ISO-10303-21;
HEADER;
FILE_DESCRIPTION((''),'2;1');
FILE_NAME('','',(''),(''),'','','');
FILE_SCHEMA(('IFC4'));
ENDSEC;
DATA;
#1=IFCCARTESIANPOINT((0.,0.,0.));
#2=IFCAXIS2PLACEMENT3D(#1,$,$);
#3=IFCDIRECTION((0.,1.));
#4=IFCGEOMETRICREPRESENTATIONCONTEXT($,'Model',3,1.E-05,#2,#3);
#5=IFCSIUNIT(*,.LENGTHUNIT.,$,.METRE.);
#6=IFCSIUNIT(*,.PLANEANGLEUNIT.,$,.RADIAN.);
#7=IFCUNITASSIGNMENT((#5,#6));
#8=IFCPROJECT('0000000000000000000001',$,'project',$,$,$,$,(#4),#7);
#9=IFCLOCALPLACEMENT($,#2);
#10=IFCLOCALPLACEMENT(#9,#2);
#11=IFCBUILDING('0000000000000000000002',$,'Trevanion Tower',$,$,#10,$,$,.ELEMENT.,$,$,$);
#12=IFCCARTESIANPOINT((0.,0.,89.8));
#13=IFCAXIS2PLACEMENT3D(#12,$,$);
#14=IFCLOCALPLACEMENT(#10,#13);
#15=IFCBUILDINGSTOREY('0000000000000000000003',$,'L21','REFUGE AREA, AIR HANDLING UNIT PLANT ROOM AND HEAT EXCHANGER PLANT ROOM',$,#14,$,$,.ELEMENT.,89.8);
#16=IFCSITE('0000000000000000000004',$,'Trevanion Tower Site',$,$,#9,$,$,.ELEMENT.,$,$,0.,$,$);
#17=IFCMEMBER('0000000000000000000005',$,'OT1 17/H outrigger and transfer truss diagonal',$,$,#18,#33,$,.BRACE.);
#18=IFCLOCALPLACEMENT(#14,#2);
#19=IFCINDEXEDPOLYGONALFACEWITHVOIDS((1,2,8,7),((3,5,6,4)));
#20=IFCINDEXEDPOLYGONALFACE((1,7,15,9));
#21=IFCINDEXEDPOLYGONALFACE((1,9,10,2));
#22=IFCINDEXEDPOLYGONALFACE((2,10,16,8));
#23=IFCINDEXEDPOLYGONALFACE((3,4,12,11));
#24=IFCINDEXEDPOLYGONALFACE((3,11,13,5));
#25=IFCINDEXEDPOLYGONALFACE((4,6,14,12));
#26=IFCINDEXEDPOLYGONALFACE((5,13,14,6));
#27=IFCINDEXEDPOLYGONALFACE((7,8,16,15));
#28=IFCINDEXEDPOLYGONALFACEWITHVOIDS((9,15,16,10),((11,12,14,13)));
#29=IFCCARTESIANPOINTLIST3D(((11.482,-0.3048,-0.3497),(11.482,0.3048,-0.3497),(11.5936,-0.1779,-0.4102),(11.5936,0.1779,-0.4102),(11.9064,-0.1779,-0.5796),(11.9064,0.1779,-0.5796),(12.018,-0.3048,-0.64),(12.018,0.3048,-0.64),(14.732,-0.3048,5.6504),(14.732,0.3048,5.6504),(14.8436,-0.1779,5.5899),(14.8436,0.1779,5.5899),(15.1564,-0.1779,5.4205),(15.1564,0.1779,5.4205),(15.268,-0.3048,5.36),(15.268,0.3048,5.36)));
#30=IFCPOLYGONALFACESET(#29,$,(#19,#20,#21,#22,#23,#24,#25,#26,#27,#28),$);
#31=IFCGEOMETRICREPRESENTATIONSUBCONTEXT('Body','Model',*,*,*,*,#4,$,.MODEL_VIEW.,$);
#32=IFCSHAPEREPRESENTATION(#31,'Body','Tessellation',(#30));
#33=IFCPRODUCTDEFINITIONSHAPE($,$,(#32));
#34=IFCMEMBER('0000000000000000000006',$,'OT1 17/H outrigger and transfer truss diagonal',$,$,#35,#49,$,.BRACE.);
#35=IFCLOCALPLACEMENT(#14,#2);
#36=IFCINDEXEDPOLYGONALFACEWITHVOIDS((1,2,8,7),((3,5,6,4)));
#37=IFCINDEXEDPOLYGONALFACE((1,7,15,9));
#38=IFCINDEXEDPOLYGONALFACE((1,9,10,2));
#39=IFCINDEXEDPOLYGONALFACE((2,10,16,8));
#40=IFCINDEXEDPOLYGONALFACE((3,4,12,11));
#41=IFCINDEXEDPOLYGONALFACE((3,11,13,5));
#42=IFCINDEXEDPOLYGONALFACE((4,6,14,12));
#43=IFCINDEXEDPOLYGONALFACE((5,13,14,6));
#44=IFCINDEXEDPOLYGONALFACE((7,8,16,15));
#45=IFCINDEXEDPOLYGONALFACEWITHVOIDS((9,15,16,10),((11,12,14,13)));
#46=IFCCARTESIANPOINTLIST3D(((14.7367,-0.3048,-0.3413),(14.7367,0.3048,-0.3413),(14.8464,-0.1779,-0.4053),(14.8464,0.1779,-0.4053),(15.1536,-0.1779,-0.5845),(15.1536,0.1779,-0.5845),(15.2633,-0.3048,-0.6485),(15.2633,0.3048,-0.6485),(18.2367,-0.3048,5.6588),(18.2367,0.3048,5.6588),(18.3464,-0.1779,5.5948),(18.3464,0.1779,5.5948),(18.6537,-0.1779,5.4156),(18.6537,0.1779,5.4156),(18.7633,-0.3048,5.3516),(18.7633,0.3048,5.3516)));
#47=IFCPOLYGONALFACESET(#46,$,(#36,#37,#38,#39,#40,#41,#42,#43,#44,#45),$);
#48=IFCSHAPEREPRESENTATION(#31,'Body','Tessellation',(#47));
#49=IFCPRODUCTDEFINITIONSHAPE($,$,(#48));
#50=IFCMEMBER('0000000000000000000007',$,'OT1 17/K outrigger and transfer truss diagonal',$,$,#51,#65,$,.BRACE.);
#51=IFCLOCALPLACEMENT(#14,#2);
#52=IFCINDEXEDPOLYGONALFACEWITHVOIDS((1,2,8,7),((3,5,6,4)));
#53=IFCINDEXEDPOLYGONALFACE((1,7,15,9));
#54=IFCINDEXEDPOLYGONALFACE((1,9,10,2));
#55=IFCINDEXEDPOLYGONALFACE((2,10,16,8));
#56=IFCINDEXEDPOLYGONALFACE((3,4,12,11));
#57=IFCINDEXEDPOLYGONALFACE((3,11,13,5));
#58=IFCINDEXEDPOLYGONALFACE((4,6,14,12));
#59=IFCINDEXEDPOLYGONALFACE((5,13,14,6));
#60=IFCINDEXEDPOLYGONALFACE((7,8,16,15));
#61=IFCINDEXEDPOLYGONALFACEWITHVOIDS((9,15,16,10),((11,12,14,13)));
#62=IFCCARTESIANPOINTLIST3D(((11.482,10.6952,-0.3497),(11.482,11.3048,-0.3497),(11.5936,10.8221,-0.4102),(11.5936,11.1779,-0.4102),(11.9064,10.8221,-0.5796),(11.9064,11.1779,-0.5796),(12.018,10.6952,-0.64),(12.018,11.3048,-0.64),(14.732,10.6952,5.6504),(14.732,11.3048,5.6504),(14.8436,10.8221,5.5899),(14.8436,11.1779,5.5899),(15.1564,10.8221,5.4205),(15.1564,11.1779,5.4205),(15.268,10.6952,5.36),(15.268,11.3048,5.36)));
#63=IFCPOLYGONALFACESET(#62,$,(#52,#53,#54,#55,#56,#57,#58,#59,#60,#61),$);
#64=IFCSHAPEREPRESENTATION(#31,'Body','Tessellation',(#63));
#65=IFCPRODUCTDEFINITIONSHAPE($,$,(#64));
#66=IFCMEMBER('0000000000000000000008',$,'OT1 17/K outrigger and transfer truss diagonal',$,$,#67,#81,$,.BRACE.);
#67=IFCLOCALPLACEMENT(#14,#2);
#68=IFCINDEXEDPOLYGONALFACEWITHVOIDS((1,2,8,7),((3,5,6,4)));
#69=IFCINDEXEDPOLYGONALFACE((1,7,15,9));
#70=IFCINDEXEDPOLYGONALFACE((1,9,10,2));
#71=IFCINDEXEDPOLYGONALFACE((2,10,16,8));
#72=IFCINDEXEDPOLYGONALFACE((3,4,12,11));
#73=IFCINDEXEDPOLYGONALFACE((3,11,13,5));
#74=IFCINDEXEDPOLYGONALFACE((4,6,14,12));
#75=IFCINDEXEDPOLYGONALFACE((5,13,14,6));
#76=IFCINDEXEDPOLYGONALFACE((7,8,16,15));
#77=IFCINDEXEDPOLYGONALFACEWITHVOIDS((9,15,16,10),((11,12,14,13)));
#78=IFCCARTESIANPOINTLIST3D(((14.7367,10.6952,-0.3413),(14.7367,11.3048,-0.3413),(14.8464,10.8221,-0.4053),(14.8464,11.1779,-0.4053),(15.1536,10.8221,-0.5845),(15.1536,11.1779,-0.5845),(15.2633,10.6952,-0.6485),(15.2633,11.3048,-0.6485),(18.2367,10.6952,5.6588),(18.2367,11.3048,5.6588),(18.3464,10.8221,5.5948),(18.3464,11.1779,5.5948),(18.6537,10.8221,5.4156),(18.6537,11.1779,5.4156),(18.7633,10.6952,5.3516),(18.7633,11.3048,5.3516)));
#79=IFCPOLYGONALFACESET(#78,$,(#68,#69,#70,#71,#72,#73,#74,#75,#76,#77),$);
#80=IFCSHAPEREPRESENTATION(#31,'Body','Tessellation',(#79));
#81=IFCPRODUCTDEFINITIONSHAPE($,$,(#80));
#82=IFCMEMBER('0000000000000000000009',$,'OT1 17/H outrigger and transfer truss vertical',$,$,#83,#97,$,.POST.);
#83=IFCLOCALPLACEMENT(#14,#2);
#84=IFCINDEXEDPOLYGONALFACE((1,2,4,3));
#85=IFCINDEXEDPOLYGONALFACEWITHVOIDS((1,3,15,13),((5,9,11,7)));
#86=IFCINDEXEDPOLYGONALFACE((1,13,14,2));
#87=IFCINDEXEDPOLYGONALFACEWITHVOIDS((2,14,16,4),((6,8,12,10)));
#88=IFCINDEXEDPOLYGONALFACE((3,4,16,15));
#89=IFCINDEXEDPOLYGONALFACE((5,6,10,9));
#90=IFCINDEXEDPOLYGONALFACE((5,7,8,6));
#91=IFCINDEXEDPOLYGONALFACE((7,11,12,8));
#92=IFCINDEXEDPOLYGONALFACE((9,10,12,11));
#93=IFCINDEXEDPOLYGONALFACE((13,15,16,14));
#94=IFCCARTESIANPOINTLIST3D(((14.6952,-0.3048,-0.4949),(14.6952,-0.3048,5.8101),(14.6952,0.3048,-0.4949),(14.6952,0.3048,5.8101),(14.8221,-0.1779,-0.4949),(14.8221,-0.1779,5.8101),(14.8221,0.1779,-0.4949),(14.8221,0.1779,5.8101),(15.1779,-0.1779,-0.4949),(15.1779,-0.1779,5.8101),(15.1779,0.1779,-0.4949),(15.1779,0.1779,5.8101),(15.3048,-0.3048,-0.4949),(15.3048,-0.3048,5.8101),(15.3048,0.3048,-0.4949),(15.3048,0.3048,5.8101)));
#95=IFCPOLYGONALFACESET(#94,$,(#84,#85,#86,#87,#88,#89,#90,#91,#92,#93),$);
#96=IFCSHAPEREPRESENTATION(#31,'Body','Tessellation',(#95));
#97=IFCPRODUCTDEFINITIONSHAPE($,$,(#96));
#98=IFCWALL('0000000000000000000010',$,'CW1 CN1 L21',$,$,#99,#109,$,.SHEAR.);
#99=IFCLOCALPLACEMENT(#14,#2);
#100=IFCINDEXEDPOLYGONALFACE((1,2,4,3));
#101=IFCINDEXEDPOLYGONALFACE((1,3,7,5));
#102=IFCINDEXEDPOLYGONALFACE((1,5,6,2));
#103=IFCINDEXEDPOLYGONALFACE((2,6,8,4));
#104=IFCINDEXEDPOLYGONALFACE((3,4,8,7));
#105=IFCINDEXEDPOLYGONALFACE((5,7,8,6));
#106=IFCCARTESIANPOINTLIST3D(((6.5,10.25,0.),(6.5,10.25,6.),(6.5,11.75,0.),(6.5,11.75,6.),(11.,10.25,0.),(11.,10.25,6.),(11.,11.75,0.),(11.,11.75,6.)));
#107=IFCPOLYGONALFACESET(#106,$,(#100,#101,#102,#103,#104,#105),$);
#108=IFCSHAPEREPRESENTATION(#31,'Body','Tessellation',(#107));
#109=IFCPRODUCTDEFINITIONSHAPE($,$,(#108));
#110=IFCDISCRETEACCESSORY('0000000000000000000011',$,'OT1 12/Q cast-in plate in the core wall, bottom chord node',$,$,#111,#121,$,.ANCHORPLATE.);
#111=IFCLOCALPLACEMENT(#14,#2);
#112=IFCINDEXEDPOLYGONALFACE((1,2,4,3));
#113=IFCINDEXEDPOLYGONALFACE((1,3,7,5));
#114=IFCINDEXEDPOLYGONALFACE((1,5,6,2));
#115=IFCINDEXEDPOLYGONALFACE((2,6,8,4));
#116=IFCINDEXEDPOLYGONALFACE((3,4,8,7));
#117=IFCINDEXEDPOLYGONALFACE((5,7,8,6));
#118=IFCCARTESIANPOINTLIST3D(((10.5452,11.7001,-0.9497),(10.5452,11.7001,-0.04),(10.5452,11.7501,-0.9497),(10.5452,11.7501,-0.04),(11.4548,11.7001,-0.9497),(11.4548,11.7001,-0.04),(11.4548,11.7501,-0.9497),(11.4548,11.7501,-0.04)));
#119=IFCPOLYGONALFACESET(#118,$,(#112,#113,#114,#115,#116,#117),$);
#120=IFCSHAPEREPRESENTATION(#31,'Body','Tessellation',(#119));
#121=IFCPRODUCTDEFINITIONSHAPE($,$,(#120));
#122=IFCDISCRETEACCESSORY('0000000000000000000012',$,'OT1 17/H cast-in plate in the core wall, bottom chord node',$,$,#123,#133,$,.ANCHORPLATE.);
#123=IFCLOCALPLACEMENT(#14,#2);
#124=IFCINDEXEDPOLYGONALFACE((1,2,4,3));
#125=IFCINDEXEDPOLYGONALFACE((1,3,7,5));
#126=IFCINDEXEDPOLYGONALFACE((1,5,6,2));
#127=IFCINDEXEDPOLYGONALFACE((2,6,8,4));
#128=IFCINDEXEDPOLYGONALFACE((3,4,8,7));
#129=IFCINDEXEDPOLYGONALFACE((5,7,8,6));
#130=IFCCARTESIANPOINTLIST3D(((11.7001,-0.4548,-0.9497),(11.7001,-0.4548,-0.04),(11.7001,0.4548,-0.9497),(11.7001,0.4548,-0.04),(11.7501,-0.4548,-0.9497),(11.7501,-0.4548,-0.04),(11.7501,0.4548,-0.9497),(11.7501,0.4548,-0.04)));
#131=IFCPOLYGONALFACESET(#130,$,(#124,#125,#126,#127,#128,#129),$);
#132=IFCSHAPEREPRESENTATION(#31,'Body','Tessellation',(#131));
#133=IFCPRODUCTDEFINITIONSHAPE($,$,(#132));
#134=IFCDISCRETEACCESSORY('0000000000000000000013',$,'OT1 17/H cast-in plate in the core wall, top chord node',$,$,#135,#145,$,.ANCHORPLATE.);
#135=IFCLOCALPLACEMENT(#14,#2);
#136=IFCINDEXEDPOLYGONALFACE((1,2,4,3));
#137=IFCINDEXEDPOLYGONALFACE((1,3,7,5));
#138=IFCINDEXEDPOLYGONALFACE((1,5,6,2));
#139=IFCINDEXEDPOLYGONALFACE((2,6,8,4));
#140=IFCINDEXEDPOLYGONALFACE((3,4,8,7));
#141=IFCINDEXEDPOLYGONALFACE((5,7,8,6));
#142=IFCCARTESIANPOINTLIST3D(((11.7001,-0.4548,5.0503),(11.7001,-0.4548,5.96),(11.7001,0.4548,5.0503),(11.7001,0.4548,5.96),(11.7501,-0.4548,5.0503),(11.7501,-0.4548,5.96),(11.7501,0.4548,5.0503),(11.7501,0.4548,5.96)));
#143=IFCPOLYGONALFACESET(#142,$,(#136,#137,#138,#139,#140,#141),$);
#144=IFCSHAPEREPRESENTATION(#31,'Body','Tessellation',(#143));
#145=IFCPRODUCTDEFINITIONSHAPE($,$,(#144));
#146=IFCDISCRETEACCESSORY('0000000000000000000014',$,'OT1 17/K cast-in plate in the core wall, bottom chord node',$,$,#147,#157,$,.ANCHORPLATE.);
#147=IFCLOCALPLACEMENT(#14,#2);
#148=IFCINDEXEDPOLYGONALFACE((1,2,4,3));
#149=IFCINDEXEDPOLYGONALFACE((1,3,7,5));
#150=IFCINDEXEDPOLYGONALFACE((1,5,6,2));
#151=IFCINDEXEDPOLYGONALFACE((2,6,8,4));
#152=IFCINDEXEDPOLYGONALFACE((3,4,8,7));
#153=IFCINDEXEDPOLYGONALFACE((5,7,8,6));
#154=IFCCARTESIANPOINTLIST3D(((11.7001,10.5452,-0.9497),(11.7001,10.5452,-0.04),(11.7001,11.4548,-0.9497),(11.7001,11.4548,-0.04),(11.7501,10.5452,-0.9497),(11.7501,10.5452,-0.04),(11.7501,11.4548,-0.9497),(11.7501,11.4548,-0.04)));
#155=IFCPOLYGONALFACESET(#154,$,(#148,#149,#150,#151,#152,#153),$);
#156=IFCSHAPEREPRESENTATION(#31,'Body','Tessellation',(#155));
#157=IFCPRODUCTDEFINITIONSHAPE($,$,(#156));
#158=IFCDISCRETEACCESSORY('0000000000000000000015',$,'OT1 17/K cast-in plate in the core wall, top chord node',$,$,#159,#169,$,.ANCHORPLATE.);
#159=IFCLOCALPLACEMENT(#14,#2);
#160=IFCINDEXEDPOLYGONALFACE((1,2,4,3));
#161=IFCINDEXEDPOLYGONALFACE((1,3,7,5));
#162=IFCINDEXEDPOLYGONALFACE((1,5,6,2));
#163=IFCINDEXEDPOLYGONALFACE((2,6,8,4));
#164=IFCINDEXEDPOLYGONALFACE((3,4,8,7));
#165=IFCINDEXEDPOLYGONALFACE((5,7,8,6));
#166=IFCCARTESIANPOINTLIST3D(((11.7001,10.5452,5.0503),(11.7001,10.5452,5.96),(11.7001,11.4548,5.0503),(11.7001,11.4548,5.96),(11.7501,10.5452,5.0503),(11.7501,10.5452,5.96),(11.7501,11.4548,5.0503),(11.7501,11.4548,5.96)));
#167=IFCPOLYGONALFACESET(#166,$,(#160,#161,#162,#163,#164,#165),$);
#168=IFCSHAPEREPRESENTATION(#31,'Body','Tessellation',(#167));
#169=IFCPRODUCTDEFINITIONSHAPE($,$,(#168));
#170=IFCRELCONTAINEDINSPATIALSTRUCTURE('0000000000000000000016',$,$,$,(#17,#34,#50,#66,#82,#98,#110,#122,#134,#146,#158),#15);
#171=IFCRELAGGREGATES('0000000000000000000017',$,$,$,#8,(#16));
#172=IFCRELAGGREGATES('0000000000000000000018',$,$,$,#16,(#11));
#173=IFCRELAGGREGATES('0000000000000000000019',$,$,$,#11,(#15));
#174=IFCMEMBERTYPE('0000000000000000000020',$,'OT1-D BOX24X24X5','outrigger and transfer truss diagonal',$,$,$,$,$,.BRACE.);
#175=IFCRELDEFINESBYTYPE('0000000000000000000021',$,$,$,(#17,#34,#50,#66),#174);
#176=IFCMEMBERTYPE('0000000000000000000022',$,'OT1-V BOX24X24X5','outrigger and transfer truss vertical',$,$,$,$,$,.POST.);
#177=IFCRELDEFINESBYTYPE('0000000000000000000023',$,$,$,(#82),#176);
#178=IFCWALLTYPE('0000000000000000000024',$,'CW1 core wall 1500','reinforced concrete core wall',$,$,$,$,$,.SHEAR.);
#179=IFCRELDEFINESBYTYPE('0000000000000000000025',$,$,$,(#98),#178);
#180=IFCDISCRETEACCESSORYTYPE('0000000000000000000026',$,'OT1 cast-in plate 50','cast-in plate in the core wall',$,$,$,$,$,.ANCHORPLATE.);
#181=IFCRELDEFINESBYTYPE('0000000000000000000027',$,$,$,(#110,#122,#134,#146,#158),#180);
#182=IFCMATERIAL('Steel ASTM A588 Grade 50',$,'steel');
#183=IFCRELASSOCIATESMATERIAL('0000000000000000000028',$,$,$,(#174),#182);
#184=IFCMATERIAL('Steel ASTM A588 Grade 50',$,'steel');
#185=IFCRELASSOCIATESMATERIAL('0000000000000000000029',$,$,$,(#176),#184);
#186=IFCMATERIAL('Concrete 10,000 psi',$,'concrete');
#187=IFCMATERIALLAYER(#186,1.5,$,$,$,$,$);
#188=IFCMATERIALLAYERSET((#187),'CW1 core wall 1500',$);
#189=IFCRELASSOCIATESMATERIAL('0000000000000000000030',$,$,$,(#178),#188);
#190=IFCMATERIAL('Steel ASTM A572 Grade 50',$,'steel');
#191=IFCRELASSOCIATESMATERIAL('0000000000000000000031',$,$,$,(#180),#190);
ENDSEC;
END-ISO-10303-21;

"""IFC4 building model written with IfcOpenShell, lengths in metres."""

from ifc_helpers import new_model, si_unit, direction, frame, frame_2d, origin, origin_2d, place, context, subcontext, project, spatial, rectangle, hollow_rectangle, extrude, material, layer, layer_set, material_profile, profile_set, type_object, element, save


model = new_model("IFC4")

# Units and contexts
model_context = context("Model", 3, precision=1e-05, world=origin(), true_north=direction((0.0, 1.0)))
body_context = subcontext(model_context, "Body", "Model", "MODEL_VIEW")
ifc_project = project(units=[si_unit("LENGTHUNIT", "METRE"), si_unit("PLANEANGLEUNIT", "RADIAN")], contexts=[model_context])

# Site, building, storey
site_placement = place(None, origin())
site = spatial("IfcSite", under=ifc_project, at=site_placement, Name="Trevanion Tower Site", CompositionType="ELEMENT", RefElevation=0.0)
building_placement = place(site_placement, origin())
building = spatial("IfcBuilding", under=site, at=building_placement, Name="Trevanion Tower", CompositionType="ELEMENT")
storey_placement = place(building_placement, frame((0.0, 0.0, 89.8)))
storey = spatial("IfcBuildingStorey", under=building, at=storey_placement, Name="L21", Description="REFUGE AREA, AIR HANDLING UNIT PLANT ROOM AND HEAT EXCHANGER PLANT ROOM", CompositionType="ELEMENT", Elevation=89.8)

# Members
ifc_material_1 = material(Name="Steel ASTM A588 Grade 50", Category="steel")
ifc_material_profile_1 = material_profile(ifc_material_1, hollow_rectangle(XDim=0.6096, YDim=0.6096, WallThickness=0.127, at=origin_2d()), Name="BOX24X24X5")
ifc_profile_set_1 = profile_set([ifc_material_profile_1], Name="Steel ASTM A588 Grade 50")
member_type_1 = type_object("IfcMemberType", Name="OT1-D BOX24X24X5", Description="outrigger and transfer truss diagonal", PredefinedType="BRACE", material=ifc_profile_set_1)
member_1_placement = place(storey_placement, frame((11.75, 0.0, -0.4949), z_axis=(0.476283, 0.0, 0.879292), x_axis=(0.0, 1.0, 0.0)))
element("IfcMember", 1, at=member_1_placement, inside=storey, type_object=member_type_1, Name="OT1 17/H outrigger and transfer truss diagonal", PredefinedType="BRACE", context=body_context, shape_type="SweptSolid", body=[
    extrude(hollow_rectangle(XDim=0.6096, YDim=0.6096, WallThickness=0.127, at=origin_2d()), origin(), (0.0, 0.0, 1.0), 6.8237),
])
member_2_placement = place(storey_placement, frame((15.0, 0.0, -0.4949), z_axis=(0.503871, 0.0, 0.863779), x_axis=(0.0, 1.0, 0.0)))
element("IfcMember", 2, at=member_2_placement, inside=storey, type_object=member_type_1, Name="OT1 17/H outrigger and transfer truss diagonal", PredefinedType="BRACE", context=body_context, shape_type="SweptSolid", body=[
    extrude(hollow_rectangle(XDim=0.6096, YDim=0.6096, WallThickness=0.127, at=origin_2d()), origin(), (0.0, 0.0, 1.0), 6.9463),
])
member_3_placement = place(storey_placement, frame((11.75, 11.0, -0.4949), z_axis=(0.476283, 0.0, 0.879292), x_axis=(0.0, 1.0, 0.0)))
element("IfcMember", 3, at=member_3_placement, inside=storey, type_object=member_type_1, Name="OT1 17/K outrigger and transfer truss diagonal", PredefinedType="BRACE", context=body_context, shape_type="SweptSolid", body=[
    extrude(hollow_rectangle(XDim=0.6096, YDim=0.6096, WallThickness=0.127, at=origin_2d()), origin(), (0.0, 0.0, 1.0), 6.8237),
])
member_4_placement = place(storey_placement, frame((15.0, 11.0, -0.4949), z_axis=(0.503871, 0.0, 0.863779), x_axis=(0.0, 1.0, 0.0)))
element("IfcMember", 4, at=member_4_placement, inside=storey, type_object=member_type_1, Name="OT1 17/K outrigger and transfer truss diagonal", PredefinedType="BRACE", context=body_context, shape_type="SweptSolid", body=[
    extrude(hollow_rectangle(XDim=0.6096, YDim=0.6096, WallThickness=0.127, at=origin_2d()), origin(), (0.0, 0.0, 1.0), 6.9463),
])
ifc_material_2 = material(Name="Steel ASTM A588 Grade 50", Category="steel")
ifc_material_profile_2 = material_profile(ifc_material_2, hollow_rectangle(XDim=0.6096, YDim=0.6096, WallThickness=0.127, at=origin_2d()), Name="BOX24X24X5")
ifc_profile_set_2 = profile_set([ifc_material_profile_2], Name="Steel ASTM A588 Grade 50")
member_type_2 = type_object("IfcMemberType", Name="OT1-V BOX24X24X5", Description="outrigger and transfer truss vertical", PredefinedType="POST", material=ifc_profile_set_2)
member_5_placement = place(storey_placement, frame((15.0, 0.0, -0.4949), z_axis=(0.0, 0.0, 1.0), x_axis=(1.0, 0.0, 0.0)))
element("IfcMember", 5, at=member_5_placement, inside=storey, type_object=member_type_2, Name="OT1 17/H outrigger and transfer truss vertical", PredefinedType="POST", context=body_context, shape_type="SweptSolid", body=[
    extrude(hollow_rectangle(XDim=0.6096, YDim=0.6096, WallThickness=0.127, at=origin_2d()), origin(), (0.0, 0.0, 1.0), 6.3049),
])

# Wall
ifc_material_3 = material(Name="Concrete 10,000 psi", Category="concrete")
ifc_layer = layer(ifc_material_3, 1.5)
ifc_layer_set = layer_set([ifc_layer], Name="CW1 core wall 1500")
wall_type = type_object("IfcWallType", Name="CW1 core wall 1500", Description="reinforced concrete core wall", PredefinedType="SHEAR", material=ifc_layer_set)
wall_placement = place(storey_placement, frame((11.0, 11.0, 0.0), z_axis=(0.0, 0.0, 1.0), x_axis=(-1.0, 0.0, 0.0)))
element("IfcWall", 6, at=wall_placement, inside=storey, type_object=wall_type, Name="CW1 CN1 L21", PredefinedType="SHEAR", context=body_context, shape_type="SweptSolid", body=[
    extrude(rectangle(XDim=4.5, YDim=1.5, at=frame_2d((2.25, 0.0))), origin(), (0.0, 0.0, 1.0), 6.0),
])

# Discrete accessories
ifc_material_4 = material(Name="Steel ASTM A572 Grade 50", Category="steel")
discrete_accessory_type = type_object("IfcDiscreteAccessoryType", Name="OT1 cast-in plate 50", Description="cast-in plate in the core wall", PredefinedType="ANCHORPLATE", material=ifc_material_4)
for number, where, z_axis, x_axis, name in (
    (7, (11.0, 11.7251, -0.9497), (0.0, 0.0, 1.0), (0.0, 1.0, 0.0), "OT1 12/Q cast-in plate in the core wall, bottom chord node"),
    (8, (11.7251, 0.0, -0.9497), (0.0, 0.0, 1.0), (1.0, 0.0, 0.0), "OT1 17/H cast-in plate in the core wall, bottom chord node"),
    (9, (11.7251, 0.0, 5.0503), (0.0, 0.0, 1.0), (1.0, 0.0, 0.0), "OT1 17/H cast-in plate in the core wall, top chord node"),
    (10, (11.7251, 11.0, -0.9497), (0.0, 0.0, 1.0), (1.0, 0.0, 0.0), "OT1 17/K cast-in plate in the core wall, bottom chord node"),
    (11, (11.7251, 11.0, 5.0503), (0.0, 0.0, 1.0), (1.0, 0.0, 0.0), "OT1 17/K cast-in plate in the core wall, top chord node"),
):
    element("IfcDiscreteAccessory", number, at=place(storey_placement, frame(where, z_axis=z_axis, x_axis=x_axis)), inside=storey, type_object=discrete_accessory_type, Name=name, PredefinedType="ANCHORPLATE", context=body_context, shape_type="SweptSolid", body=[
        extrude(rectangle(XDim=0.05, YDim=0.9097, at=origin_2d()), origin(), (0.0, 0.0, 1.0), 0.9097),
    ])

save(model, "model.ifc")
